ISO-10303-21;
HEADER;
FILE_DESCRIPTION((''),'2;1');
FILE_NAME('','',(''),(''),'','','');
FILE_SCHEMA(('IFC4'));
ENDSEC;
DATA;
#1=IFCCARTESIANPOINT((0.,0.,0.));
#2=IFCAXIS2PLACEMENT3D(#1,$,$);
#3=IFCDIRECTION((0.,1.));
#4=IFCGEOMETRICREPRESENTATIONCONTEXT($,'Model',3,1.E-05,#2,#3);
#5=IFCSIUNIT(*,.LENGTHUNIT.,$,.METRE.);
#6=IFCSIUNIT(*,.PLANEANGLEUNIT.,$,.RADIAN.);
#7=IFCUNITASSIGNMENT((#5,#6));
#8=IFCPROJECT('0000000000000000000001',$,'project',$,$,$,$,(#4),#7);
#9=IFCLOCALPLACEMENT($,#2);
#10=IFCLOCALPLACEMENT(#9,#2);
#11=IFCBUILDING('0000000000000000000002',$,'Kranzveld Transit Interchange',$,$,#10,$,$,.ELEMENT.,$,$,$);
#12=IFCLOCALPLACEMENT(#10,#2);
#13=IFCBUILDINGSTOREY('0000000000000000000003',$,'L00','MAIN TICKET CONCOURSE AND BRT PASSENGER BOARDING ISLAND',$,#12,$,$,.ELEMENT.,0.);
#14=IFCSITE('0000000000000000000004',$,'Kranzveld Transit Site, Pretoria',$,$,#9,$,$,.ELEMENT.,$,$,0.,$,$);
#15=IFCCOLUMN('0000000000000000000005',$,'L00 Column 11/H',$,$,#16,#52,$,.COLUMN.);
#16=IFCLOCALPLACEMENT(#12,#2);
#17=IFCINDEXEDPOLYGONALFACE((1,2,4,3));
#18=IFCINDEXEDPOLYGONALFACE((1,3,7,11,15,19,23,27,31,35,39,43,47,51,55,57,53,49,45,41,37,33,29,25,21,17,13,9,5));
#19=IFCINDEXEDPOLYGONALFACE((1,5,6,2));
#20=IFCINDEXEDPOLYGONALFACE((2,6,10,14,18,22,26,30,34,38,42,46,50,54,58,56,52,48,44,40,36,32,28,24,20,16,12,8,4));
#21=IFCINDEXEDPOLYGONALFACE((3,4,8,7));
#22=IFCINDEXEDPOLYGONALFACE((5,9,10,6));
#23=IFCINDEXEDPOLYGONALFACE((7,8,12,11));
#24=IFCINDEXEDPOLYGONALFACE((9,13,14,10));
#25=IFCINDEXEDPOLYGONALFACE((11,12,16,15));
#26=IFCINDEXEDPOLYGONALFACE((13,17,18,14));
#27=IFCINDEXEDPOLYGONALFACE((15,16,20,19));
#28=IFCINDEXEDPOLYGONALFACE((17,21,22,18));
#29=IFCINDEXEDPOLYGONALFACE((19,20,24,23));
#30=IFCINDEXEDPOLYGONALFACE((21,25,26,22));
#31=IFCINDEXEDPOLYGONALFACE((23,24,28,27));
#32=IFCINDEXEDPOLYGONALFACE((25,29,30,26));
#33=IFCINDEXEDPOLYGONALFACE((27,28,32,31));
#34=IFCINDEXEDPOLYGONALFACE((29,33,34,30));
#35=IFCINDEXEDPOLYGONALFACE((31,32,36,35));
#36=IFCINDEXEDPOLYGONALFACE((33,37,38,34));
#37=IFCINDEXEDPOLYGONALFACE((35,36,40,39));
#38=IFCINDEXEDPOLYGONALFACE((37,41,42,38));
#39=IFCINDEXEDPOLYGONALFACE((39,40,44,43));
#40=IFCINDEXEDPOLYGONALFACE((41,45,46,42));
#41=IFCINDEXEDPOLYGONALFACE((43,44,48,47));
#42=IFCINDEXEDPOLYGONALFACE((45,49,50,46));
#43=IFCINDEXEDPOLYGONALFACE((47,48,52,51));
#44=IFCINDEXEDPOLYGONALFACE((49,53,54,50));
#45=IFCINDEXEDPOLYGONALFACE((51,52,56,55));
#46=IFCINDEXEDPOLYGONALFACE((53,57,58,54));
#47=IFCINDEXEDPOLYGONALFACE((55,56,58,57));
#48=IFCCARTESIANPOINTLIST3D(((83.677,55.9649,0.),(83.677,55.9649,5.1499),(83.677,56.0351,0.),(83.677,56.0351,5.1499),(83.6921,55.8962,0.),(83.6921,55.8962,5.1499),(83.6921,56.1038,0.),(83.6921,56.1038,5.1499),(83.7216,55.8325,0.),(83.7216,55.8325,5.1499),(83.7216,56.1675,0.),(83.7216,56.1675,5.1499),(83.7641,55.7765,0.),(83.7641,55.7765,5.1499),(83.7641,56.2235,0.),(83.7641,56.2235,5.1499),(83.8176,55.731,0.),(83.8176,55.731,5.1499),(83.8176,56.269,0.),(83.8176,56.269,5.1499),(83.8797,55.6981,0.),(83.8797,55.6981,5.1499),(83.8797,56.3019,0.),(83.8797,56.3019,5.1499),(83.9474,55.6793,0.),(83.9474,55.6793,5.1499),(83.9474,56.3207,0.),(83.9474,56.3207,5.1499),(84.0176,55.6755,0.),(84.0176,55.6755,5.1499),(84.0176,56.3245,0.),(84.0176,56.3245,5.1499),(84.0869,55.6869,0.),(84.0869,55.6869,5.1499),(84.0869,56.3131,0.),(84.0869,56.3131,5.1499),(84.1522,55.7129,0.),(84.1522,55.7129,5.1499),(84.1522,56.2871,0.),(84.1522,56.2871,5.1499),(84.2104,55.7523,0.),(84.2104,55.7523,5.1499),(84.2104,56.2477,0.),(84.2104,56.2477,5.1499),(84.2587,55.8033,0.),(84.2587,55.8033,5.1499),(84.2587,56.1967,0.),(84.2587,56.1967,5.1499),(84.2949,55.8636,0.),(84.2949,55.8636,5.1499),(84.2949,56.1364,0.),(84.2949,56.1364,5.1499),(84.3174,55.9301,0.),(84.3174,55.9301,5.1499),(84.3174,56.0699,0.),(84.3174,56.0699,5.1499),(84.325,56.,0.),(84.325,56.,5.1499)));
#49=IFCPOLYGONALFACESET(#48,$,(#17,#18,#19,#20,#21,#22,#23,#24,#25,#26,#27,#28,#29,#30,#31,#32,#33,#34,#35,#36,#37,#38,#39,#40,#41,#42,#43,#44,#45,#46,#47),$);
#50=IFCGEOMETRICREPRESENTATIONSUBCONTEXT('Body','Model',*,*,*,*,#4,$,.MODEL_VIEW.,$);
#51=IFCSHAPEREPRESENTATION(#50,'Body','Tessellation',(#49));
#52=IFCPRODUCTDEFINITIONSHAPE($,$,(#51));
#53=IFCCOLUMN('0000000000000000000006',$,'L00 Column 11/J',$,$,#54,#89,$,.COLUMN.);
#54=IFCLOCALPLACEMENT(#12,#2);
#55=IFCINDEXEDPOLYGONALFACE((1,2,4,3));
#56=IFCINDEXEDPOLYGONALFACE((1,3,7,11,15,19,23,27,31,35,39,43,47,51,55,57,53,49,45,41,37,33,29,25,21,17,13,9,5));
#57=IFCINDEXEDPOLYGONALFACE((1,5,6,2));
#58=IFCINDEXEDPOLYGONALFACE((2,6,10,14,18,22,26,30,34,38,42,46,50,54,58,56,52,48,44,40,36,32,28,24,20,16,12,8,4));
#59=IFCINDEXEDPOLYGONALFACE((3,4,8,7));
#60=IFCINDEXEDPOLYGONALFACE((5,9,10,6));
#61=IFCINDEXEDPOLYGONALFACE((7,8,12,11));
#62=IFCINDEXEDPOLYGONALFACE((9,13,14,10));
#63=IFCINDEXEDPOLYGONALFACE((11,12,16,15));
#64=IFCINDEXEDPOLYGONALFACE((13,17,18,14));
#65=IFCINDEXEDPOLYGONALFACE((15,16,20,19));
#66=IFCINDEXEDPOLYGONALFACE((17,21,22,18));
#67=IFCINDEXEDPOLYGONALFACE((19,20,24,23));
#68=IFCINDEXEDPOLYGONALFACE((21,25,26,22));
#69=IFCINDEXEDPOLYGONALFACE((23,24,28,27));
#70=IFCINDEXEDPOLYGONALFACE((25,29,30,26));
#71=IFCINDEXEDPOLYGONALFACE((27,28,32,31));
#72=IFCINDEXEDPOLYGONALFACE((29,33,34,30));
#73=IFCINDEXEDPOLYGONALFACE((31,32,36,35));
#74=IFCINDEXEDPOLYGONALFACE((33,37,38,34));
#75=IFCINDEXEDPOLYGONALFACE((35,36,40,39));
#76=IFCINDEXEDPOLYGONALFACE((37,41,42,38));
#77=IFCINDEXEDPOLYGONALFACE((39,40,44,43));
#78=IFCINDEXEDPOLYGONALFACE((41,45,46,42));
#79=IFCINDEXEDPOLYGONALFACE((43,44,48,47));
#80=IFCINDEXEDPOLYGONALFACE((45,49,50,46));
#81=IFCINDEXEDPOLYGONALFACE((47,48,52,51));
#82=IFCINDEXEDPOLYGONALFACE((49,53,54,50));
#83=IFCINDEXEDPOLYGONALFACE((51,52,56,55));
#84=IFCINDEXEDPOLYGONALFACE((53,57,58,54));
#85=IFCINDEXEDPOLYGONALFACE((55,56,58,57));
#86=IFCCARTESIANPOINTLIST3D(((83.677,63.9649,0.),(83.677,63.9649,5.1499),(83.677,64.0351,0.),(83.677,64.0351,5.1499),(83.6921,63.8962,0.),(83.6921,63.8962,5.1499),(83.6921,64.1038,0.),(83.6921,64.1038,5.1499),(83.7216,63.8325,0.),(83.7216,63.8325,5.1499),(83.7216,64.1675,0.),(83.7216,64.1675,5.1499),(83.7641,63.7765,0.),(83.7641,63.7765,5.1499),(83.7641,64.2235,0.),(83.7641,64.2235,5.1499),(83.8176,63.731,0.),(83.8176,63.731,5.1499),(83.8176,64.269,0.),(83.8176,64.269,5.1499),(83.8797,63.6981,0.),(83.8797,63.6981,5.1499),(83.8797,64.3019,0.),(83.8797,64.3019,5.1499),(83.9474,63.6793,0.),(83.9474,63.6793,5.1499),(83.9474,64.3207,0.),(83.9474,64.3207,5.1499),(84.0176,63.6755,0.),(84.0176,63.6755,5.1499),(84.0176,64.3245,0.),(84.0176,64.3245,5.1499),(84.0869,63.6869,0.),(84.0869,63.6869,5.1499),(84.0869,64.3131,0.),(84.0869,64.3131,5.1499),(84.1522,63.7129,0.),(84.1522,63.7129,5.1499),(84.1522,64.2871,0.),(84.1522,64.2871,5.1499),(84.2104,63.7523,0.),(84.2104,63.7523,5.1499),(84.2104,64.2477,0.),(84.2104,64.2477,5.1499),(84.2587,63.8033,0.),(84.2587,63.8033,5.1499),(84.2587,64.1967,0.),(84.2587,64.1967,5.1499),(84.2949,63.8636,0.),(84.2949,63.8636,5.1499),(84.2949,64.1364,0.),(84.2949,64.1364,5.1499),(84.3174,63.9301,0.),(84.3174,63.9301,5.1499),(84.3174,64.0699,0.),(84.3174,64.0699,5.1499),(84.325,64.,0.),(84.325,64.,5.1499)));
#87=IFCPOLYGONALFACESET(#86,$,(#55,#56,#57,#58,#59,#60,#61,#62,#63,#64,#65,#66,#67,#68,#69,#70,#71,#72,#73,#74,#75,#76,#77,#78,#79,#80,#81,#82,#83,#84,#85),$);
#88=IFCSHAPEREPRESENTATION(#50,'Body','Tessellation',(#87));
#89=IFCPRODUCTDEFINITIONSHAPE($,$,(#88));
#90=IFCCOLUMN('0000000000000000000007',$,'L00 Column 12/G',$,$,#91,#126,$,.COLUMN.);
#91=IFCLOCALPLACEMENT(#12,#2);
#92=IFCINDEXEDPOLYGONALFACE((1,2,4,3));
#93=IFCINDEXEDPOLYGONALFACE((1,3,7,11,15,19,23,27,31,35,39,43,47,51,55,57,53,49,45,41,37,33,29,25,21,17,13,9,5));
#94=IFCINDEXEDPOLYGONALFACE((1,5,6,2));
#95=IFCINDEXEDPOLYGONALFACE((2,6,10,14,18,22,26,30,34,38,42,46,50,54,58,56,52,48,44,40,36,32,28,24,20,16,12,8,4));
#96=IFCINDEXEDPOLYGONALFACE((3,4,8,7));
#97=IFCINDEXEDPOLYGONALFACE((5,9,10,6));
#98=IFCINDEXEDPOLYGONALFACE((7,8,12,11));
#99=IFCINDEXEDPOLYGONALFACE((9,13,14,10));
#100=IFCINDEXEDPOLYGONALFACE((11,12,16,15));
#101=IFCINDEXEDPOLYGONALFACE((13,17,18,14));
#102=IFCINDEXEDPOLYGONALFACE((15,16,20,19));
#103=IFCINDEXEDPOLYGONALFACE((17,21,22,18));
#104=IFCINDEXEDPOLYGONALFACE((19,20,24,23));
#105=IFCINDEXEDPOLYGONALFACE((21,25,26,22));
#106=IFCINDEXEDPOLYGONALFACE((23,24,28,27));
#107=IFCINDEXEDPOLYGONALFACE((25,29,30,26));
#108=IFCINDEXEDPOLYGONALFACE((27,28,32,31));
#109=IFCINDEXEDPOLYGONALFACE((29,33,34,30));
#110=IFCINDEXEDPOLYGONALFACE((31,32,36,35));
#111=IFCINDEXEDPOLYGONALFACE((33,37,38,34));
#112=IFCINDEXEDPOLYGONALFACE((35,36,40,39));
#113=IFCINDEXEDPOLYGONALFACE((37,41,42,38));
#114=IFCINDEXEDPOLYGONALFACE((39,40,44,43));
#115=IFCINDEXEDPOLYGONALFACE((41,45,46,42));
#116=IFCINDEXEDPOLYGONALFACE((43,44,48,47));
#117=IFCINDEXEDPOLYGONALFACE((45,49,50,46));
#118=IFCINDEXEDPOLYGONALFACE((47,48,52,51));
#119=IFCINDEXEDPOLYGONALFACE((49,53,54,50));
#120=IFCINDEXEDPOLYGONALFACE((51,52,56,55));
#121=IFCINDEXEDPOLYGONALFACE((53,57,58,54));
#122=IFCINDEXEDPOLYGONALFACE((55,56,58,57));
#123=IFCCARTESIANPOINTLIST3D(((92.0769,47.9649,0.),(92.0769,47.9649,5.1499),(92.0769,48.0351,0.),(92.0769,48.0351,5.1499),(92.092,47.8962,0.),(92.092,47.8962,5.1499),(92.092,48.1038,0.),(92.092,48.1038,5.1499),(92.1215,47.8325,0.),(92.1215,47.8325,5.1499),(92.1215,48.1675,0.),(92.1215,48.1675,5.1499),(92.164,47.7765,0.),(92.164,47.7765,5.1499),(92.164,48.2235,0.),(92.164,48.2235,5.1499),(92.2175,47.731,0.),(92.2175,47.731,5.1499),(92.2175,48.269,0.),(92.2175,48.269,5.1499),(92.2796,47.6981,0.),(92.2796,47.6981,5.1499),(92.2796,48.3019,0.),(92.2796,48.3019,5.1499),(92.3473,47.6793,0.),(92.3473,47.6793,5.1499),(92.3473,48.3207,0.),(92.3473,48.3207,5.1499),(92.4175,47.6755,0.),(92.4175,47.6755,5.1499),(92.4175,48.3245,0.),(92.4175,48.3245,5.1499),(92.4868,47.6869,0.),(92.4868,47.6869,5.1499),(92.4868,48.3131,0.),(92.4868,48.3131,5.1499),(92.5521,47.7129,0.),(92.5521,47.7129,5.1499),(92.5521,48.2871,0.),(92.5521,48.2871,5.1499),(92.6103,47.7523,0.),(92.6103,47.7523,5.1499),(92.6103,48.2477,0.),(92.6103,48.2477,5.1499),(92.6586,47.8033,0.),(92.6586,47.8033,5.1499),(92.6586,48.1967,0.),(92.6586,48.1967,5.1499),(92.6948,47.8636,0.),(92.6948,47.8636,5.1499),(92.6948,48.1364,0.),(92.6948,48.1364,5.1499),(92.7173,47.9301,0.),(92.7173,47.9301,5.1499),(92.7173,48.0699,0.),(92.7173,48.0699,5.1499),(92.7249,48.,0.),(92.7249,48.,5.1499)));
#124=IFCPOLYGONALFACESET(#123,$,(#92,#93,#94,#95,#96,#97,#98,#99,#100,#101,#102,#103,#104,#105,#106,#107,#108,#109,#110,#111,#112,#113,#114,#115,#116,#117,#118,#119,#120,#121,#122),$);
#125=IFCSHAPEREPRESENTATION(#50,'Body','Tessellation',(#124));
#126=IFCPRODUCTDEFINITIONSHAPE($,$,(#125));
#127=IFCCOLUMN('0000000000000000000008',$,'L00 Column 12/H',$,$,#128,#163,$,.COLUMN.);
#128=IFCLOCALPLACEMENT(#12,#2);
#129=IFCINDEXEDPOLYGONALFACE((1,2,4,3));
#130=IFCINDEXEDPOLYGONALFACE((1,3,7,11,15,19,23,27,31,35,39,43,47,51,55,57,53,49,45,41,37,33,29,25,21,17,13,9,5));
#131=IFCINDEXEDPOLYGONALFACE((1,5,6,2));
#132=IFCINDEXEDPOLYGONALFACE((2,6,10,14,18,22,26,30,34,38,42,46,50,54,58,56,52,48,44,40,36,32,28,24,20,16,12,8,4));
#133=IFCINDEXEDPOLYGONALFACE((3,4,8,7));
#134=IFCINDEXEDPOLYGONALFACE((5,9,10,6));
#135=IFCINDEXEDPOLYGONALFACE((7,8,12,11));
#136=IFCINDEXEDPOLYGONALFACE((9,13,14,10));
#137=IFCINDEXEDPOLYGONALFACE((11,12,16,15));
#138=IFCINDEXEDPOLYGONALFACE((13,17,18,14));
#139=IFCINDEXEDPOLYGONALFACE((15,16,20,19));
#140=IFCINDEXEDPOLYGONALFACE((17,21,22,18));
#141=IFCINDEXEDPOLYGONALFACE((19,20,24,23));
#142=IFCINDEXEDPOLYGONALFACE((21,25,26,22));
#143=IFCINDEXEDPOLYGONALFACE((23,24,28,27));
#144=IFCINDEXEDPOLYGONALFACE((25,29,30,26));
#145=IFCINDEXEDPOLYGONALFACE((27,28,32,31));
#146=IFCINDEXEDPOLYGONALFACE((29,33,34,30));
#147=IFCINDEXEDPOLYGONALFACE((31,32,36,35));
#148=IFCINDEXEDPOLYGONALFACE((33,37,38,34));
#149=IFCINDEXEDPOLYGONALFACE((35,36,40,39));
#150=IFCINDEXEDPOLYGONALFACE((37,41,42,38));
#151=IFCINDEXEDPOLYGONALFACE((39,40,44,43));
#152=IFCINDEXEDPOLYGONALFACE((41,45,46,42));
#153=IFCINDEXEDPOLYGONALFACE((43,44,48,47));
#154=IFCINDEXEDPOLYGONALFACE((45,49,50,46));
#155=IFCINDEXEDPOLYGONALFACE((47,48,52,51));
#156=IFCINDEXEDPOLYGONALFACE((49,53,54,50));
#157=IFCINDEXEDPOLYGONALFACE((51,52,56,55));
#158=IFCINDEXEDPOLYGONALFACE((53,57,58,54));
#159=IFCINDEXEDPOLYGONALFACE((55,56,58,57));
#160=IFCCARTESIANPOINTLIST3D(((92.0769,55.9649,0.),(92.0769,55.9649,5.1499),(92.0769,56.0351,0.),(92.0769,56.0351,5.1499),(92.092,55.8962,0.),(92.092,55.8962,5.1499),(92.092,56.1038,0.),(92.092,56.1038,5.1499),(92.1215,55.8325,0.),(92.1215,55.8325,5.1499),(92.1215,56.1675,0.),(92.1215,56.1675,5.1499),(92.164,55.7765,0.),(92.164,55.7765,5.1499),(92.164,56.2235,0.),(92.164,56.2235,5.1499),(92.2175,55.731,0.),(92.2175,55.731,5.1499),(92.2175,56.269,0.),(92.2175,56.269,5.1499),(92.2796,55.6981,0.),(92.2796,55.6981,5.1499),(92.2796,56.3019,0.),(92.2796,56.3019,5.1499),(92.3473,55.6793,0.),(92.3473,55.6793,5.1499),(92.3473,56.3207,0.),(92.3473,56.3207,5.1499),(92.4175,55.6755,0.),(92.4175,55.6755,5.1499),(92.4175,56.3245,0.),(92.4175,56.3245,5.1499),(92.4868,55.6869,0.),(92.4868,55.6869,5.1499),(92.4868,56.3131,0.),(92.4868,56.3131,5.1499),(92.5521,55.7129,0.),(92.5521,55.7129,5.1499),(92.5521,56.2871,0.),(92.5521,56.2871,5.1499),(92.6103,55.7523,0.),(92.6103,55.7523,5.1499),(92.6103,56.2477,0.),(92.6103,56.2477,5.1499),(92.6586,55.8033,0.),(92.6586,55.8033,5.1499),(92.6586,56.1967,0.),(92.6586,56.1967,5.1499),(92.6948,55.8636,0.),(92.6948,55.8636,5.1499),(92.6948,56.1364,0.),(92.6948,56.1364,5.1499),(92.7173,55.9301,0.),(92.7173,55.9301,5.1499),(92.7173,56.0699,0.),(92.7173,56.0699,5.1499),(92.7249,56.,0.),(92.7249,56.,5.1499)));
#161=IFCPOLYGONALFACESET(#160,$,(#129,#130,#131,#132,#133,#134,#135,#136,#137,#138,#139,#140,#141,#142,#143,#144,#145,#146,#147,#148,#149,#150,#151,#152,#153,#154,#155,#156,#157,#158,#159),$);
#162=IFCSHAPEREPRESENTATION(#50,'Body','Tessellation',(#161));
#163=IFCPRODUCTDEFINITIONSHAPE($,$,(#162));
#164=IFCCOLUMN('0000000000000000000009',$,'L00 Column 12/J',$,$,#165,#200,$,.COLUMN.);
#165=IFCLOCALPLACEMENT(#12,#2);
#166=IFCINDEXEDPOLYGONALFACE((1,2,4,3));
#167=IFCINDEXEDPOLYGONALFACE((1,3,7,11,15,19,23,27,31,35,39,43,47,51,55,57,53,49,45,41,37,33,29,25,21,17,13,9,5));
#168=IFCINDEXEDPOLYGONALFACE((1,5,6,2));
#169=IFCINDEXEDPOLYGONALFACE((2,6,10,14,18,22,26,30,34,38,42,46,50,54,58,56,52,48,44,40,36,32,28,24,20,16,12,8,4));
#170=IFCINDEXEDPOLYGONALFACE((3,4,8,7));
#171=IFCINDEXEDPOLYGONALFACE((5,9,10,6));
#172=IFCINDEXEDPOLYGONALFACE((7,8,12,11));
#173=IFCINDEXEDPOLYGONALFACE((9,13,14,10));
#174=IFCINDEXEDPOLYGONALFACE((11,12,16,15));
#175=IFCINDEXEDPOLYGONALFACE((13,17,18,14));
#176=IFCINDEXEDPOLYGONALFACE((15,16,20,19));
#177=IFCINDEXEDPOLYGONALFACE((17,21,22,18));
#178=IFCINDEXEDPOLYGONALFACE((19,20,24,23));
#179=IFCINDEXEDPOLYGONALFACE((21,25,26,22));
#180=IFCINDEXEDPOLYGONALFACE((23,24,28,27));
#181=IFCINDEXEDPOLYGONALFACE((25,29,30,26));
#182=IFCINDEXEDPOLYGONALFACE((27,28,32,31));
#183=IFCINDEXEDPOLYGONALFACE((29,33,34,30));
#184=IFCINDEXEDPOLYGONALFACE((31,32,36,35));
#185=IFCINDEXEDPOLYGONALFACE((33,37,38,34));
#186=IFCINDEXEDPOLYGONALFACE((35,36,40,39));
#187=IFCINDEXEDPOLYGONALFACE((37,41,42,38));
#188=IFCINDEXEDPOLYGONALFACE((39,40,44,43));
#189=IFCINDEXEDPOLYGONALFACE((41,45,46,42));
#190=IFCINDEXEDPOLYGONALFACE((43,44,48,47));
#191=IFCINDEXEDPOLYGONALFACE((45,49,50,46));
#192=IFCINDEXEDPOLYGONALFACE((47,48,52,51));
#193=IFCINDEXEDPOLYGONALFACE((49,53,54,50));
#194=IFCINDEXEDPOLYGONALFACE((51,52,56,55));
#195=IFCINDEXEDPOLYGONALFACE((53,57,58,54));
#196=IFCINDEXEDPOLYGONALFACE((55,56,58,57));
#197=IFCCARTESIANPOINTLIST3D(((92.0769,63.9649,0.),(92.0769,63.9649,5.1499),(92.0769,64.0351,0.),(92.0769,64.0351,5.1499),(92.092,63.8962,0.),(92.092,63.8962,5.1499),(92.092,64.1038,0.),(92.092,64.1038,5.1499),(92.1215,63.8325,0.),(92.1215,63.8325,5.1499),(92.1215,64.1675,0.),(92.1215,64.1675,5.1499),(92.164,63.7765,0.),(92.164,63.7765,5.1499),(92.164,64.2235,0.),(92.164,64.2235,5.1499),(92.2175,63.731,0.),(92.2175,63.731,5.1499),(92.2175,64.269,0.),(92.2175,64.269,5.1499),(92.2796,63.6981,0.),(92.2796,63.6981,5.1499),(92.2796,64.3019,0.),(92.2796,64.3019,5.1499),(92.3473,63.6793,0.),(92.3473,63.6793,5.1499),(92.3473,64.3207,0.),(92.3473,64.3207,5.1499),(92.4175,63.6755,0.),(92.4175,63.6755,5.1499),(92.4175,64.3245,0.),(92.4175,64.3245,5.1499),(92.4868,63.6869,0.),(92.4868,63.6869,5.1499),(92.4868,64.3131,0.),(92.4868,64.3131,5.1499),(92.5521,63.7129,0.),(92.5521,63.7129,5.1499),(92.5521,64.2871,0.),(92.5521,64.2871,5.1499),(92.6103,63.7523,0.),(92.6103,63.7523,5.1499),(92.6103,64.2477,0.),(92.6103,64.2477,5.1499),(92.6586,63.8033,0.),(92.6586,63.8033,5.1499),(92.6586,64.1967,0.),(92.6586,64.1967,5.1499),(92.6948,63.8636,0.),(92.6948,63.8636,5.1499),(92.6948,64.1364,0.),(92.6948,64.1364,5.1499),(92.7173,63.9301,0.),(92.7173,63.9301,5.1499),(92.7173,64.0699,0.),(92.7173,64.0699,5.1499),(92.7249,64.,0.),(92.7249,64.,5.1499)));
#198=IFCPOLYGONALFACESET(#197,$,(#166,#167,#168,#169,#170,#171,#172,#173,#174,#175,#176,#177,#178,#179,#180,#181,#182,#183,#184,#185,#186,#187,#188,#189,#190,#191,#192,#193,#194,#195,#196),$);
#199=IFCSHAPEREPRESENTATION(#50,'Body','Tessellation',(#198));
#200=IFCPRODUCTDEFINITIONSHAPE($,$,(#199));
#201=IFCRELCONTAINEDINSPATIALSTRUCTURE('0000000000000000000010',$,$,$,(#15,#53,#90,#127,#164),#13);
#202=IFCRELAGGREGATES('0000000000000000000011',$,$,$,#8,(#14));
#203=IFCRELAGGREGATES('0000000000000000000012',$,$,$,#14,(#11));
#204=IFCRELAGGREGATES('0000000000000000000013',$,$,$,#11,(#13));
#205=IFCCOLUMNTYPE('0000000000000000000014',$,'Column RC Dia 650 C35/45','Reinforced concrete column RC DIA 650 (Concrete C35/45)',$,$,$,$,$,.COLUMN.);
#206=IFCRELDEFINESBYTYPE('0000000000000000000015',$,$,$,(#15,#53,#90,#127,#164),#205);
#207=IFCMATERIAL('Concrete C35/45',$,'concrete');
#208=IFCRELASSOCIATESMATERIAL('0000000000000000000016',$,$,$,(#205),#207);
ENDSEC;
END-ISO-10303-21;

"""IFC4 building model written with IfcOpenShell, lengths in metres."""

from ifc_helpers import new_model, si_unit, direction, frame, origin, origin_2d, place, context, subcontext, project, spatial, circle, extrude, material, material_profile, profile_set, type_object, element, save


model = new_model("IFC4")

# Units and contexts
model_context = context("Model", 3, precision=1e-05, world=origin(), true_north=direction((0.0, 1.0)))
body_context = subcontext(model_context, "Body", "Model", "MODEL_VIEW")
ifc_project = project(units=[si_unit("LENGTHUNIT", "METRE"), si_unit("PLANEANGLEUNIT", "RADIAN")], contexts=[model_context])

# Site, building, storey
site_placement = place(None, origin())
site = spatial("IfcSite", under=ifc_project, at=site_placement, Name="Kranzveld Transit Site, Pretoria", CompositionType="ELEMENT", RefElevation=0.0)
building_placement = place(site_placement, origin())
building = spatial("IfcBuilding", under=site, at=building_placement, Name="Kranzveld Transit Interchange", CompositionType="ELEMENT")
storey_placement = place(building_placement, origin())
storey = spatial("IfcBuildingStorey", under=building, at=storey_placement, Name="L00", Description="MAIN TICKET CONCOURSE AND BRT PASSENGER BOARDING ISLAND", CompositionType="ELEMENT", Elevation=0.0)

# Columns
ifc_material_1 = material(Name="Concrete C35/45", Category="concrete")
ifc_material_profile_1 = material_profile(ifc_material_1, circle(Radius=0.325, at=origin_2d()), Name="RC DIA 650")
ifc_profile_set_1 = profile_set([ifc_material_profile_1], Name="Concrete C35/45")
column_type = type_object("IfcColumnType", Name="Column RC Dia 650 C35/45", Description="Reinforced concrete column RC DIA 650 (Concrete C35/45)", PredefinedType="COLUMN", material=ifc_profile_set_1)
for number, where, z_axis, x_axis, name in (
    (1, (84.0, 56.0, 0.0), (0.0, 0.0, 1.0), (1.0, 0.0, 0.0), "L00 Column 11/H"),
    (2, (84.0, 64.0, 0.0), (0.0, 0.0, 1.0), (1.0, 0.0, 0.0), "L00 Column 11/J"),
    (3, (92.3999, 48.0, 0.0), (0.0, 0.0, 1.0), (1.0, 0.0, 0.0), "L00 Column 12/G"),
    (4, (92.3999, 56.0, 0.0), (0.0, 0.0, 1.0), (1.0, 0.0, 0.0), "L00 Column 12/H"),
    (5, (92.3999, 64.0, 0.0), (0.0, 0.0, 1.0), (1.0, 0.0, 0.0), "L00 Column 12/J"),
):
    element("IfcColumn", number, at=place(storey_placement, frame(where, z_axis=z_axis, x_axis=x_axis)), inside=storey, type_object=column_type, Name=name, PredefinedType="COLUMN", context=body_context, shape_type="SweptSolid", body=[
        extrude(circle(Radius=0.325, at=origin_2d()), origin(), (0.0, 0.0, 1.0), 5.1499),
    ])

save(model, "model.ifc")
